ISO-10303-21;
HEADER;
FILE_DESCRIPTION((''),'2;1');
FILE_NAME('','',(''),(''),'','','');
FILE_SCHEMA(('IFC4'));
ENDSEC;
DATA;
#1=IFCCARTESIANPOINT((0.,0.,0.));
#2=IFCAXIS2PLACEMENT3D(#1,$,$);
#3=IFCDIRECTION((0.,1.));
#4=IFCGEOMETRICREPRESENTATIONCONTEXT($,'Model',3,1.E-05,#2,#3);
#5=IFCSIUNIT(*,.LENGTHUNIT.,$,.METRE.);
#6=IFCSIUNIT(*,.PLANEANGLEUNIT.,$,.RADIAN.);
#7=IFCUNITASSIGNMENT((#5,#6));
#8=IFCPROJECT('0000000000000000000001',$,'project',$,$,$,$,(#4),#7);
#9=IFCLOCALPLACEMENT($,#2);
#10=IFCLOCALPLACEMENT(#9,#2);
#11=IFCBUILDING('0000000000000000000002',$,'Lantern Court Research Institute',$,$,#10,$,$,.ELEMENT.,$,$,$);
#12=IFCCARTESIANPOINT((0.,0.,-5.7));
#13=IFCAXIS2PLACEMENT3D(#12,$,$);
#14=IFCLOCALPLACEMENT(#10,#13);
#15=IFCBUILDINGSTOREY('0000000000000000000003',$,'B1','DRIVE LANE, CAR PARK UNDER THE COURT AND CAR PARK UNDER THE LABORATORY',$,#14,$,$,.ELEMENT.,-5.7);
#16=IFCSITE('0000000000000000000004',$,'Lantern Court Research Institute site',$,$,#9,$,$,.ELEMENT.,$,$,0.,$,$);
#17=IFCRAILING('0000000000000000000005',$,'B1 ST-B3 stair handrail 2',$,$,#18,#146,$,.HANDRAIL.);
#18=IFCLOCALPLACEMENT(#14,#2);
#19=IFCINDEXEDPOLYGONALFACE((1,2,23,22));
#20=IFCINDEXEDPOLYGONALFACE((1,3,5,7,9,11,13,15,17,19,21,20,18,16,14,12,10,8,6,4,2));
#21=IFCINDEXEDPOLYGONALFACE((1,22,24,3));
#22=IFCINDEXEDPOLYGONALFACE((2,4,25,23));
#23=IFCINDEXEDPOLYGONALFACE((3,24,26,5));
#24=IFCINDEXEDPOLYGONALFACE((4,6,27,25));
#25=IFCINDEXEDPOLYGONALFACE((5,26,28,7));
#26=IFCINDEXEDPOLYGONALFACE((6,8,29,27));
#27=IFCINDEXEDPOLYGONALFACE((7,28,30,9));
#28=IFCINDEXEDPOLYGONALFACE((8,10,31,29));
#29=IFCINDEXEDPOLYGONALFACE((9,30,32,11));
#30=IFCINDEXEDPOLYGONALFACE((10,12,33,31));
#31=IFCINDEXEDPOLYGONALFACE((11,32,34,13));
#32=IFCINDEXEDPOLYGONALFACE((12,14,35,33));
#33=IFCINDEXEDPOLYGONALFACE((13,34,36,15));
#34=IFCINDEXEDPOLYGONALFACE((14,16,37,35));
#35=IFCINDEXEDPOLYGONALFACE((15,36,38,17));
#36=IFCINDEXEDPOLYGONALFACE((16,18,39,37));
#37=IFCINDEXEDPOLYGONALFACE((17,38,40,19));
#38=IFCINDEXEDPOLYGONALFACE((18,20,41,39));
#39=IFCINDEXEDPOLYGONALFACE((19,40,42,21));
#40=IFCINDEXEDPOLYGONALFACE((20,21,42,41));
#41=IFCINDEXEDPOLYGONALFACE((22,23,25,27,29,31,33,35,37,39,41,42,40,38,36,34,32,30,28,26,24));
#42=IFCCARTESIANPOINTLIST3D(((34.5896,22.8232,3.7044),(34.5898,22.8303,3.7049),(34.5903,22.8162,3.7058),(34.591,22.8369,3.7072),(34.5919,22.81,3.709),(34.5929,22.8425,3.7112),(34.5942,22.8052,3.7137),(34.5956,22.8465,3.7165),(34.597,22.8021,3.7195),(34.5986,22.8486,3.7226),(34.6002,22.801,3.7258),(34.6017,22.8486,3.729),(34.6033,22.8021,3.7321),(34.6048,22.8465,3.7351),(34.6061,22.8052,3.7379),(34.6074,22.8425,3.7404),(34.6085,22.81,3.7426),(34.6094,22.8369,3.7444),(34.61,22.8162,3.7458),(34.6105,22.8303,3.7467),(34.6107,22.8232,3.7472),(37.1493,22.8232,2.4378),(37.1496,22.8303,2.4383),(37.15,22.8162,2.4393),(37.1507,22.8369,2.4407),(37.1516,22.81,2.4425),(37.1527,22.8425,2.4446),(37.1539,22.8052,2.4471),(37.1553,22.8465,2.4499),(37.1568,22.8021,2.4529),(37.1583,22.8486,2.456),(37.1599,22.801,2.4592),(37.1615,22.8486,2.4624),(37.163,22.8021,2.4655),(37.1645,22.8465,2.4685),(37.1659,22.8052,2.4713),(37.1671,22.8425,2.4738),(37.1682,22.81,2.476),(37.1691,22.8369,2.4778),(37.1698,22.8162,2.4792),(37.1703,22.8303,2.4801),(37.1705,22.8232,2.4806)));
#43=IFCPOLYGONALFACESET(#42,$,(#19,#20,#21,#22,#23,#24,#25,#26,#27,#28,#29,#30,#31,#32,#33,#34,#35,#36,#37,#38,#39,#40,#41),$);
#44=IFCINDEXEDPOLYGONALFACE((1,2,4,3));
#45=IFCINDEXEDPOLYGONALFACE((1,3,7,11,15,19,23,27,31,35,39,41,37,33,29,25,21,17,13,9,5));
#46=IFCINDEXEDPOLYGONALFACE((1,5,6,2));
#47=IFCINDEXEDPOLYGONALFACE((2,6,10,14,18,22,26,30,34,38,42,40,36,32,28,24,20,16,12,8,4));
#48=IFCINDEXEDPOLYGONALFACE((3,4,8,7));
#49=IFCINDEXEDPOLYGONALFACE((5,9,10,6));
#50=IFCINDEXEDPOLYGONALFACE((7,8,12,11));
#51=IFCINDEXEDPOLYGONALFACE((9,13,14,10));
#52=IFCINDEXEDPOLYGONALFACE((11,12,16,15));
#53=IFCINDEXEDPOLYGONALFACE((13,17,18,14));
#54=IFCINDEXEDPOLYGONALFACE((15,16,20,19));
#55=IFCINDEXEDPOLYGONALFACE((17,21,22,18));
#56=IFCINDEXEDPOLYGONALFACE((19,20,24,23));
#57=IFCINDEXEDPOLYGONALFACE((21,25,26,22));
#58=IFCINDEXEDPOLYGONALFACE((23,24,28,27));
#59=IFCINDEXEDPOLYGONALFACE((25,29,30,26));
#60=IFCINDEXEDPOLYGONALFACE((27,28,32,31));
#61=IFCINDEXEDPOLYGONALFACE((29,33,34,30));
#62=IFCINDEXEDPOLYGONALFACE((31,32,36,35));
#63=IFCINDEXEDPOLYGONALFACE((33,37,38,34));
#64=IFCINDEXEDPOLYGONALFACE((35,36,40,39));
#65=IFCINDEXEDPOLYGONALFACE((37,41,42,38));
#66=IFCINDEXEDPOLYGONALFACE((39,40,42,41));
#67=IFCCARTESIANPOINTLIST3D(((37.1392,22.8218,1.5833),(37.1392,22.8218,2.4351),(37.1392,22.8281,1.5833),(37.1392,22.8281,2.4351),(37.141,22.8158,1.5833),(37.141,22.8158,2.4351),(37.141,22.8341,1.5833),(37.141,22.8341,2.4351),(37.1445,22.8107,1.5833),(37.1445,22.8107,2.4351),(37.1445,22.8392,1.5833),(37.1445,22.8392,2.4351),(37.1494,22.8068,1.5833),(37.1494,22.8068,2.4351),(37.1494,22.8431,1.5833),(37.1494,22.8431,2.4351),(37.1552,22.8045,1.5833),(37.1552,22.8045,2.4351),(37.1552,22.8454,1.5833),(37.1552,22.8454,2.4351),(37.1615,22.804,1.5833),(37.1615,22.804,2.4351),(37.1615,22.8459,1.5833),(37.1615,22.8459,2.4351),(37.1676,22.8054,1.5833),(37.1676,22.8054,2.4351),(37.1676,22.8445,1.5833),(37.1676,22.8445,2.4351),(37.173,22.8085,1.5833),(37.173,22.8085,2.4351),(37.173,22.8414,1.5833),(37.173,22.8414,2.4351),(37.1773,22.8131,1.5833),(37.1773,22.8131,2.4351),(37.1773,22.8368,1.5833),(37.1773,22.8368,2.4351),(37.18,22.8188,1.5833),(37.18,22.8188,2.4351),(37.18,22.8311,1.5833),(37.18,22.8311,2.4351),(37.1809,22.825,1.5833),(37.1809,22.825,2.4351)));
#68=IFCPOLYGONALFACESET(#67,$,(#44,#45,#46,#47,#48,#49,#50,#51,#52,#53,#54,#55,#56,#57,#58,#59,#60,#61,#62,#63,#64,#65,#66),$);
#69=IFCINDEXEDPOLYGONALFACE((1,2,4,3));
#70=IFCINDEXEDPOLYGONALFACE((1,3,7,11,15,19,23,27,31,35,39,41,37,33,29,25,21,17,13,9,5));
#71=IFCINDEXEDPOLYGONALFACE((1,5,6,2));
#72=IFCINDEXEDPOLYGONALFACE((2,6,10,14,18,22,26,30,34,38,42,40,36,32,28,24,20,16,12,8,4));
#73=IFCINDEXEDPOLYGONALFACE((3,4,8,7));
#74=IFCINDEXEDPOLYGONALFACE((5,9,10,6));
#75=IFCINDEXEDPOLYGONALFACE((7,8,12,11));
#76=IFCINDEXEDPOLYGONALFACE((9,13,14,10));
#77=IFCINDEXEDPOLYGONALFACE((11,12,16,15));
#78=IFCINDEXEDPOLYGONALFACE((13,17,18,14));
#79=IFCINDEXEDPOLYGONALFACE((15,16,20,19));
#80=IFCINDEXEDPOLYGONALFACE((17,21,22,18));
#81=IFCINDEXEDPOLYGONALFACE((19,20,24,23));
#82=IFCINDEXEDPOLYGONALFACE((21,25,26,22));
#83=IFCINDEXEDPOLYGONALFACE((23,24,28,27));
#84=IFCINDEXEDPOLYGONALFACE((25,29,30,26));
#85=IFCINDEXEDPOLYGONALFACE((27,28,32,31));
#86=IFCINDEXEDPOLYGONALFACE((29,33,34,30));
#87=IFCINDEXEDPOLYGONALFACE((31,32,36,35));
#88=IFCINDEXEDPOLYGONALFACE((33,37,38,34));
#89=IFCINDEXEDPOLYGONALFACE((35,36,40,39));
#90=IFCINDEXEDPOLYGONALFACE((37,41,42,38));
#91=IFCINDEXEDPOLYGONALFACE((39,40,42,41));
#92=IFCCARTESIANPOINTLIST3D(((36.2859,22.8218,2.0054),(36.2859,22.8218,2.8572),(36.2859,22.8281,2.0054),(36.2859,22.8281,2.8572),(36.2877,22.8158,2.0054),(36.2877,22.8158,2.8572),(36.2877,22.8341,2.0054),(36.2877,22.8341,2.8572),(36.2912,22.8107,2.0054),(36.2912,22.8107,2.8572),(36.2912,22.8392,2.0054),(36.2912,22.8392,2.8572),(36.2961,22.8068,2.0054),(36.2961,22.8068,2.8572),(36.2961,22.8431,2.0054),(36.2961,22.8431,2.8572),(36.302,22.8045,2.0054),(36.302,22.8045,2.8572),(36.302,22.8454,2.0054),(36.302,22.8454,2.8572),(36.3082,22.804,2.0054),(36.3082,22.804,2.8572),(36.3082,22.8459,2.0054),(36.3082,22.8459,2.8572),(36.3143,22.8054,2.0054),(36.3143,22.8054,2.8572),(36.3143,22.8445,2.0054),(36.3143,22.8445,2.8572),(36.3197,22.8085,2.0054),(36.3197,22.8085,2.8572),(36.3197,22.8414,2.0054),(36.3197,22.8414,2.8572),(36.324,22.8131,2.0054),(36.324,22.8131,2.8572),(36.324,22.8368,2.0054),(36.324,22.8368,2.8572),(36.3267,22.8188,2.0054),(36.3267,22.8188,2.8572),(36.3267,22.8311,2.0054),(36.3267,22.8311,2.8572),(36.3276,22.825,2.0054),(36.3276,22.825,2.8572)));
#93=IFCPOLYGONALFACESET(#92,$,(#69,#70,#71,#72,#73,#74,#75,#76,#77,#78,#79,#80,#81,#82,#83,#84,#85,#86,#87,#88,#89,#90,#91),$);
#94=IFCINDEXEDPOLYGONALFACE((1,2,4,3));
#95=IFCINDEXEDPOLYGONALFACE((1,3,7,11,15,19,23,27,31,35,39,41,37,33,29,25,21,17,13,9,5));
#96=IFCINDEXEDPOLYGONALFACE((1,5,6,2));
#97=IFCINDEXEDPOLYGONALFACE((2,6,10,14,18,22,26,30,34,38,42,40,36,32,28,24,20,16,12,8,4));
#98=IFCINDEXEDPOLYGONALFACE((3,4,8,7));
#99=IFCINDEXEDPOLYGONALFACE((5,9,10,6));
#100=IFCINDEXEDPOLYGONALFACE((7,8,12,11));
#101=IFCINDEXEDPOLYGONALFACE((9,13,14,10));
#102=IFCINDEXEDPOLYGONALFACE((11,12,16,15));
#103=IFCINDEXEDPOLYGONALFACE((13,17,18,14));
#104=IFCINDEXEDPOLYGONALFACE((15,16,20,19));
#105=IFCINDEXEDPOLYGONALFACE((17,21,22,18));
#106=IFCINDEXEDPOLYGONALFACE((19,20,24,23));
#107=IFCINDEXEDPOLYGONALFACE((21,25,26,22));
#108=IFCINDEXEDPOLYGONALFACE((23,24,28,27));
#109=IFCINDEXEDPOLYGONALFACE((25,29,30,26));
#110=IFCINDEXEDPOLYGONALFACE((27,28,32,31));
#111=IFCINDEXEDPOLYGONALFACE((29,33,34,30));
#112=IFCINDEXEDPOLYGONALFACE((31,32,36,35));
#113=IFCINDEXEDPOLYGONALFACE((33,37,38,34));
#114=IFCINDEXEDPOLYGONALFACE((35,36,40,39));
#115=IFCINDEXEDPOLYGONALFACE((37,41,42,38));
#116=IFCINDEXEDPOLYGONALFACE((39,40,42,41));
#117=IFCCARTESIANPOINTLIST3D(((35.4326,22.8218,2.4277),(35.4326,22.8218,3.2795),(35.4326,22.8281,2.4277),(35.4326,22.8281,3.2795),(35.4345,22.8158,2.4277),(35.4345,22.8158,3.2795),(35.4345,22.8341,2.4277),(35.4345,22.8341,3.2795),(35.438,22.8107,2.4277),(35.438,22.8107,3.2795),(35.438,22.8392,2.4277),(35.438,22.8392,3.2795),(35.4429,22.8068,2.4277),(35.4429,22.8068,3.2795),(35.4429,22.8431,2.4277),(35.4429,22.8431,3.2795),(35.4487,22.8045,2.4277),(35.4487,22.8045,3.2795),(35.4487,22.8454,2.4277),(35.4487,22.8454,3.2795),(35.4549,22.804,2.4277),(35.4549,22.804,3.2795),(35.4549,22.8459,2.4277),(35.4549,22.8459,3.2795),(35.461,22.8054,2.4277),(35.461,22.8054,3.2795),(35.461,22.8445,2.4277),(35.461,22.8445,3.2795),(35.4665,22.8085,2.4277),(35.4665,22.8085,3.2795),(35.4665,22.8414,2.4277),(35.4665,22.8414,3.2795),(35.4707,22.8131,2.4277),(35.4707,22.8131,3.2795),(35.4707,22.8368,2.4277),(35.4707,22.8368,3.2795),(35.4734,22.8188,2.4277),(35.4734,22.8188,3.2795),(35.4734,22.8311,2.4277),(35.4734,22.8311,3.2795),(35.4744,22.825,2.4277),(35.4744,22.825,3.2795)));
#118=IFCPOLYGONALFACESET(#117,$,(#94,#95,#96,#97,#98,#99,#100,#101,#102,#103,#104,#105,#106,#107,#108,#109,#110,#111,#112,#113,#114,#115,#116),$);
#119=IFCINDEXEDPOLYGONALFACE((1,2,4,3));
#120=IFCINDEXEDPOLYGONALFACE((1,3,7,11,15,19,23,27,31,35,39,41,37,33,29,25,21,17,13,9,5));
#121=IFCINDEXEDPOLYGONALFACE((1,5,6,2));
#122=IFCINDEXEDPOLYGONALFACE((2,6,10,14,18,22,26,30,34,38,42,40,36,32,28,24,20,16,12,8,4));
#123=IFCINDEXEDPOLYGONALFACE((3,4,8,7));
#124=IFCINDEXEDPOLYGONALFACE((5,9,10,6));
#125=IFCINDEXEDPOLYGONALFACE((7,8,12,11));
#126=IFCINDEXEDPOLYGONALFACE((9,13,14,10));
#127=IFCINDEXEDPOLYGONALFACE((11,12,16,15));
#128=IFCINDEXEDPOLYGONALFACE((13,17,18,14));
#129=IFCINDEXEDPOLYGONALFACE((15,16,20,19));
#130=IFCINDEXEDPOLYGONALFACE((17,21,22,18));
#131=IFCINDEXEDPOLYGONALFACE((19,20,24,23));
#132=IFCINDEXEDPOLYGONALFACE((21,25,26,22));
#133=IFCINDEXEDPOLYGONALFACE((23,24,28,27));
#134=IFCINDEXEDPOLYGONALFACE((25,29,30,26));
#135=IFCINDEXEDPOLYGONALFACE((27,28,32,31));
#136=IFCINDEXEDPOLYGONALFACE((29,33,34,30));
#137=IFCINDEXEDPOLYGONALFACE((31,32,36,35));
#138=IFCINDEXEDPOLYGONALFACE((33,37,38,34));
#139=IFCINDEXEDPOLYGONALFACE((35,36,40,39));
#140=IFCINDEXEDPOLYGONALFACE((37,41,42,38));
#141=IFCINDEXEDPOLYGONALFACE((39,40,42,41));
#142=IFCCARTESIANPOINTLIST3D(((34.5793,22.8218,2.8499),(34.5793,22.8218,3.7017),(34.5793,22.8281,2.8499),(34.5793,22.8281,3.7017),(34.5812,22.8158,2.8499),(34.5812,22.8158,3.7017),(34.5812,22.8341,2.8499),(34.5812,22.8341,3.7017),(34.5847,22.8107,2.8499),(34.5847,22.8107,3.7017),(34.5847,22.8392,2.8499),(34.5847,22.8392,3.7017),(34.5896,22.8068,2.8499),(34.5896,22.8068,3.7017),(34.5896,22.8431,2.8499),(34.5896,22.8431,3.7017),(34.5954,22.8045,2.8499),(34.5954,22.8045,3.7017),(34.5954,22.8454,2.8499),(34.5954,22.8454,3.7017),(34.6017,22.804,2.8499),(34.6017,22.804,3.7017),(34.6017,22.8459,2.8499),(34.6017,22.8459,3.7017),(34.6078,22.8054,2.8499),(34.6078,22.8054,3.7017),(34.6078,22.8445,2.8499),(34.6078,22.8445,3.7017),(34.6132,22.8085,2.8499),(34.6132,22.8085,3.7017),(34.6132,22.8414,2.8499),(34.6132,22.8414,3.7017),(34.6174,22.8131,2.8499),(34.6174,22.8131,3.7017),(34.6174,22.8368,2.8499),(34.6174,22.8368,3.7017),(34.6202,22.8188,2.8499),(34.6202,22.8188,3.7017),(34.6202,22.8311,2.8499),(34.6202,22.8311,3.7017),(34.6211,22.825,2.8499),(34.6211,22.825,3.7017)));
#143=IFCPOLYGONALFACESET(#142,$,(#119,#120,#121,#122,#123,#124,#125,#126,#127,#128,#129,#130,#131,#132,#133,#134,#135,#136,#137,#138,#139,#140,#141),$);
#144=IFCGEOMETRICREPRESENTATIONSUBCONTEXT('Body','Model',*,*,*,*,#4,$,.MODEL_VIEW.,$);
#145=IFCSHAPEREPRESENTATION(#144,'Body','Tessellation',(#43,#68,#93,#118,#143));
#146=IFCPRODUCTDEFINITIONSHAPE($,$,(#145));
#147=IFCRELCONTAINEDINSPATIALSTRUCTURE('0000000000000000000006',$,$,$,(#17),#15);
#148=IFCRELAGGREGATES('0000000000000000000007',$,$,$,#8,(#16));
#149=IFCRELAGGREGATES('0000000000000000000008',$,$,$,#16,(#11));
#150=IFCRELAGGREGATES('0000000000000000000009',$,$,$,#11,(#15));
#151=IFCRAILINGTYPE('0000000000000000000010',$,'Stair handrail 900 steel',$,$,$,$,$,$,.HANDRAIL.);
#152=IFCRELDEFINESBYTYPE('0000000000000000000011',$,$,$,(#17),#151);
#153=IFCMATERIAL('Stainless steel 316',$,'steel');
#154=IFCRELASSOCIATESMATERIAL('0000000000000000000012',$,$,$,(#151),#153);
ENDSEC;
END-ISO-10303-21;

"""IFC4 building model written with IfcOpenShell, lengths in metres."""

from ifc_helpers import new_model, si_unit, direction, frame, origin, origin_2d, place, context, subcontext, project, spatial, circle, extrude, material, type_object, element, save


model = new_model("IFC4")

# Units and contexts
model_context = context("Model", 3, precision=1e-05, world=origin(), true_north=direction((0.0, 1.0)))
body_context = subcontext(model_context, "Body", "Model", "MODEL_VIEW")
ifc_project = project(units=[si_unit("LENGTHUNIT", "METRE"), si_unit("PLANEANGLEUNIT", "RADIAN")], contexts=[model_context])

# Site, building, storey
site_placement = place(None, origin())
site = spatial("IfcSite", under=ifc_project, at=site_placement, Name="Lantern Court Research Institute site", CompositionType="ELEMENT", RefElevation=0.0)
building_placement = place(site_placement, origin())
building = spatial("IfcBuilding", under=site, at=building_placement, Name="Lantern Court Research Institute", CompositionType="ELEMENT")
storey_placement = place(building_placement, frame((0.0, 0.0, -5.7)))
storey = spatial("IfcBuildingStorey", under=building, at=storey_placement, Name="B1", Description="DRIVE LANE, CAR PARK UNDER THE COURT AND CAR PARK UNDER THE LABORATORY", CompositionType="ELEMENT", Elevation=-5.7)

# Railing
ifc_material_1 = material(Name="Stainless steel 316", Category="steel")
railing_type_1 = type_object("IfcRailingType", Name="Stair handrail 900 steel", PredefinedType="HANDRAIL", material=ifc_material_1)
for number, where, name in (
    (1, (37.1599, 22.825, 1.5833), "B1 ST-B3 stair handrail 2"),
):
    element("IfcRailing", number, at=place(storey_placement, frame(where)), inside=storey, type_object=railing_type_1, Name=name, PredefinedType="HANDRAIL", context=body_context, shape_type="SweptSolid", body=[
        extrude(circle(Radius=0.0239, at=origin_2d()), frame((0.0, 0.0, 0.876), z_axis=(-0.896283, 0.0, 0.443483), x_axis=(0.0, -1.0, 0.0)), (0.0, 0.0, 1.0), 2.856),
        extrude(circle(Radius=0.021, at=origin_2d()), origin(), (0.0, 0.0, 1.0), 0.8518),
        extrude(circle(Radius=0.021, at=origin_2d()), frame((-0.8533, 0.0, 0.4221)), (0.0, 0.0, 1.0), 0.8518),
        extrude(circle(Radius=0.021, at=origin_2d()), frame((-1.7065, 0.0, 0.8445)), (0.0, 0.0, 1.0), 0.8518),
        extrude(circle(Radius=0.021, at=origin_2d()), frame((-2.5598, 0.0, 1.2666)), (0.0, 0.0, 1.0), 0.8518),
    ])

save(model, "model.ifc")
